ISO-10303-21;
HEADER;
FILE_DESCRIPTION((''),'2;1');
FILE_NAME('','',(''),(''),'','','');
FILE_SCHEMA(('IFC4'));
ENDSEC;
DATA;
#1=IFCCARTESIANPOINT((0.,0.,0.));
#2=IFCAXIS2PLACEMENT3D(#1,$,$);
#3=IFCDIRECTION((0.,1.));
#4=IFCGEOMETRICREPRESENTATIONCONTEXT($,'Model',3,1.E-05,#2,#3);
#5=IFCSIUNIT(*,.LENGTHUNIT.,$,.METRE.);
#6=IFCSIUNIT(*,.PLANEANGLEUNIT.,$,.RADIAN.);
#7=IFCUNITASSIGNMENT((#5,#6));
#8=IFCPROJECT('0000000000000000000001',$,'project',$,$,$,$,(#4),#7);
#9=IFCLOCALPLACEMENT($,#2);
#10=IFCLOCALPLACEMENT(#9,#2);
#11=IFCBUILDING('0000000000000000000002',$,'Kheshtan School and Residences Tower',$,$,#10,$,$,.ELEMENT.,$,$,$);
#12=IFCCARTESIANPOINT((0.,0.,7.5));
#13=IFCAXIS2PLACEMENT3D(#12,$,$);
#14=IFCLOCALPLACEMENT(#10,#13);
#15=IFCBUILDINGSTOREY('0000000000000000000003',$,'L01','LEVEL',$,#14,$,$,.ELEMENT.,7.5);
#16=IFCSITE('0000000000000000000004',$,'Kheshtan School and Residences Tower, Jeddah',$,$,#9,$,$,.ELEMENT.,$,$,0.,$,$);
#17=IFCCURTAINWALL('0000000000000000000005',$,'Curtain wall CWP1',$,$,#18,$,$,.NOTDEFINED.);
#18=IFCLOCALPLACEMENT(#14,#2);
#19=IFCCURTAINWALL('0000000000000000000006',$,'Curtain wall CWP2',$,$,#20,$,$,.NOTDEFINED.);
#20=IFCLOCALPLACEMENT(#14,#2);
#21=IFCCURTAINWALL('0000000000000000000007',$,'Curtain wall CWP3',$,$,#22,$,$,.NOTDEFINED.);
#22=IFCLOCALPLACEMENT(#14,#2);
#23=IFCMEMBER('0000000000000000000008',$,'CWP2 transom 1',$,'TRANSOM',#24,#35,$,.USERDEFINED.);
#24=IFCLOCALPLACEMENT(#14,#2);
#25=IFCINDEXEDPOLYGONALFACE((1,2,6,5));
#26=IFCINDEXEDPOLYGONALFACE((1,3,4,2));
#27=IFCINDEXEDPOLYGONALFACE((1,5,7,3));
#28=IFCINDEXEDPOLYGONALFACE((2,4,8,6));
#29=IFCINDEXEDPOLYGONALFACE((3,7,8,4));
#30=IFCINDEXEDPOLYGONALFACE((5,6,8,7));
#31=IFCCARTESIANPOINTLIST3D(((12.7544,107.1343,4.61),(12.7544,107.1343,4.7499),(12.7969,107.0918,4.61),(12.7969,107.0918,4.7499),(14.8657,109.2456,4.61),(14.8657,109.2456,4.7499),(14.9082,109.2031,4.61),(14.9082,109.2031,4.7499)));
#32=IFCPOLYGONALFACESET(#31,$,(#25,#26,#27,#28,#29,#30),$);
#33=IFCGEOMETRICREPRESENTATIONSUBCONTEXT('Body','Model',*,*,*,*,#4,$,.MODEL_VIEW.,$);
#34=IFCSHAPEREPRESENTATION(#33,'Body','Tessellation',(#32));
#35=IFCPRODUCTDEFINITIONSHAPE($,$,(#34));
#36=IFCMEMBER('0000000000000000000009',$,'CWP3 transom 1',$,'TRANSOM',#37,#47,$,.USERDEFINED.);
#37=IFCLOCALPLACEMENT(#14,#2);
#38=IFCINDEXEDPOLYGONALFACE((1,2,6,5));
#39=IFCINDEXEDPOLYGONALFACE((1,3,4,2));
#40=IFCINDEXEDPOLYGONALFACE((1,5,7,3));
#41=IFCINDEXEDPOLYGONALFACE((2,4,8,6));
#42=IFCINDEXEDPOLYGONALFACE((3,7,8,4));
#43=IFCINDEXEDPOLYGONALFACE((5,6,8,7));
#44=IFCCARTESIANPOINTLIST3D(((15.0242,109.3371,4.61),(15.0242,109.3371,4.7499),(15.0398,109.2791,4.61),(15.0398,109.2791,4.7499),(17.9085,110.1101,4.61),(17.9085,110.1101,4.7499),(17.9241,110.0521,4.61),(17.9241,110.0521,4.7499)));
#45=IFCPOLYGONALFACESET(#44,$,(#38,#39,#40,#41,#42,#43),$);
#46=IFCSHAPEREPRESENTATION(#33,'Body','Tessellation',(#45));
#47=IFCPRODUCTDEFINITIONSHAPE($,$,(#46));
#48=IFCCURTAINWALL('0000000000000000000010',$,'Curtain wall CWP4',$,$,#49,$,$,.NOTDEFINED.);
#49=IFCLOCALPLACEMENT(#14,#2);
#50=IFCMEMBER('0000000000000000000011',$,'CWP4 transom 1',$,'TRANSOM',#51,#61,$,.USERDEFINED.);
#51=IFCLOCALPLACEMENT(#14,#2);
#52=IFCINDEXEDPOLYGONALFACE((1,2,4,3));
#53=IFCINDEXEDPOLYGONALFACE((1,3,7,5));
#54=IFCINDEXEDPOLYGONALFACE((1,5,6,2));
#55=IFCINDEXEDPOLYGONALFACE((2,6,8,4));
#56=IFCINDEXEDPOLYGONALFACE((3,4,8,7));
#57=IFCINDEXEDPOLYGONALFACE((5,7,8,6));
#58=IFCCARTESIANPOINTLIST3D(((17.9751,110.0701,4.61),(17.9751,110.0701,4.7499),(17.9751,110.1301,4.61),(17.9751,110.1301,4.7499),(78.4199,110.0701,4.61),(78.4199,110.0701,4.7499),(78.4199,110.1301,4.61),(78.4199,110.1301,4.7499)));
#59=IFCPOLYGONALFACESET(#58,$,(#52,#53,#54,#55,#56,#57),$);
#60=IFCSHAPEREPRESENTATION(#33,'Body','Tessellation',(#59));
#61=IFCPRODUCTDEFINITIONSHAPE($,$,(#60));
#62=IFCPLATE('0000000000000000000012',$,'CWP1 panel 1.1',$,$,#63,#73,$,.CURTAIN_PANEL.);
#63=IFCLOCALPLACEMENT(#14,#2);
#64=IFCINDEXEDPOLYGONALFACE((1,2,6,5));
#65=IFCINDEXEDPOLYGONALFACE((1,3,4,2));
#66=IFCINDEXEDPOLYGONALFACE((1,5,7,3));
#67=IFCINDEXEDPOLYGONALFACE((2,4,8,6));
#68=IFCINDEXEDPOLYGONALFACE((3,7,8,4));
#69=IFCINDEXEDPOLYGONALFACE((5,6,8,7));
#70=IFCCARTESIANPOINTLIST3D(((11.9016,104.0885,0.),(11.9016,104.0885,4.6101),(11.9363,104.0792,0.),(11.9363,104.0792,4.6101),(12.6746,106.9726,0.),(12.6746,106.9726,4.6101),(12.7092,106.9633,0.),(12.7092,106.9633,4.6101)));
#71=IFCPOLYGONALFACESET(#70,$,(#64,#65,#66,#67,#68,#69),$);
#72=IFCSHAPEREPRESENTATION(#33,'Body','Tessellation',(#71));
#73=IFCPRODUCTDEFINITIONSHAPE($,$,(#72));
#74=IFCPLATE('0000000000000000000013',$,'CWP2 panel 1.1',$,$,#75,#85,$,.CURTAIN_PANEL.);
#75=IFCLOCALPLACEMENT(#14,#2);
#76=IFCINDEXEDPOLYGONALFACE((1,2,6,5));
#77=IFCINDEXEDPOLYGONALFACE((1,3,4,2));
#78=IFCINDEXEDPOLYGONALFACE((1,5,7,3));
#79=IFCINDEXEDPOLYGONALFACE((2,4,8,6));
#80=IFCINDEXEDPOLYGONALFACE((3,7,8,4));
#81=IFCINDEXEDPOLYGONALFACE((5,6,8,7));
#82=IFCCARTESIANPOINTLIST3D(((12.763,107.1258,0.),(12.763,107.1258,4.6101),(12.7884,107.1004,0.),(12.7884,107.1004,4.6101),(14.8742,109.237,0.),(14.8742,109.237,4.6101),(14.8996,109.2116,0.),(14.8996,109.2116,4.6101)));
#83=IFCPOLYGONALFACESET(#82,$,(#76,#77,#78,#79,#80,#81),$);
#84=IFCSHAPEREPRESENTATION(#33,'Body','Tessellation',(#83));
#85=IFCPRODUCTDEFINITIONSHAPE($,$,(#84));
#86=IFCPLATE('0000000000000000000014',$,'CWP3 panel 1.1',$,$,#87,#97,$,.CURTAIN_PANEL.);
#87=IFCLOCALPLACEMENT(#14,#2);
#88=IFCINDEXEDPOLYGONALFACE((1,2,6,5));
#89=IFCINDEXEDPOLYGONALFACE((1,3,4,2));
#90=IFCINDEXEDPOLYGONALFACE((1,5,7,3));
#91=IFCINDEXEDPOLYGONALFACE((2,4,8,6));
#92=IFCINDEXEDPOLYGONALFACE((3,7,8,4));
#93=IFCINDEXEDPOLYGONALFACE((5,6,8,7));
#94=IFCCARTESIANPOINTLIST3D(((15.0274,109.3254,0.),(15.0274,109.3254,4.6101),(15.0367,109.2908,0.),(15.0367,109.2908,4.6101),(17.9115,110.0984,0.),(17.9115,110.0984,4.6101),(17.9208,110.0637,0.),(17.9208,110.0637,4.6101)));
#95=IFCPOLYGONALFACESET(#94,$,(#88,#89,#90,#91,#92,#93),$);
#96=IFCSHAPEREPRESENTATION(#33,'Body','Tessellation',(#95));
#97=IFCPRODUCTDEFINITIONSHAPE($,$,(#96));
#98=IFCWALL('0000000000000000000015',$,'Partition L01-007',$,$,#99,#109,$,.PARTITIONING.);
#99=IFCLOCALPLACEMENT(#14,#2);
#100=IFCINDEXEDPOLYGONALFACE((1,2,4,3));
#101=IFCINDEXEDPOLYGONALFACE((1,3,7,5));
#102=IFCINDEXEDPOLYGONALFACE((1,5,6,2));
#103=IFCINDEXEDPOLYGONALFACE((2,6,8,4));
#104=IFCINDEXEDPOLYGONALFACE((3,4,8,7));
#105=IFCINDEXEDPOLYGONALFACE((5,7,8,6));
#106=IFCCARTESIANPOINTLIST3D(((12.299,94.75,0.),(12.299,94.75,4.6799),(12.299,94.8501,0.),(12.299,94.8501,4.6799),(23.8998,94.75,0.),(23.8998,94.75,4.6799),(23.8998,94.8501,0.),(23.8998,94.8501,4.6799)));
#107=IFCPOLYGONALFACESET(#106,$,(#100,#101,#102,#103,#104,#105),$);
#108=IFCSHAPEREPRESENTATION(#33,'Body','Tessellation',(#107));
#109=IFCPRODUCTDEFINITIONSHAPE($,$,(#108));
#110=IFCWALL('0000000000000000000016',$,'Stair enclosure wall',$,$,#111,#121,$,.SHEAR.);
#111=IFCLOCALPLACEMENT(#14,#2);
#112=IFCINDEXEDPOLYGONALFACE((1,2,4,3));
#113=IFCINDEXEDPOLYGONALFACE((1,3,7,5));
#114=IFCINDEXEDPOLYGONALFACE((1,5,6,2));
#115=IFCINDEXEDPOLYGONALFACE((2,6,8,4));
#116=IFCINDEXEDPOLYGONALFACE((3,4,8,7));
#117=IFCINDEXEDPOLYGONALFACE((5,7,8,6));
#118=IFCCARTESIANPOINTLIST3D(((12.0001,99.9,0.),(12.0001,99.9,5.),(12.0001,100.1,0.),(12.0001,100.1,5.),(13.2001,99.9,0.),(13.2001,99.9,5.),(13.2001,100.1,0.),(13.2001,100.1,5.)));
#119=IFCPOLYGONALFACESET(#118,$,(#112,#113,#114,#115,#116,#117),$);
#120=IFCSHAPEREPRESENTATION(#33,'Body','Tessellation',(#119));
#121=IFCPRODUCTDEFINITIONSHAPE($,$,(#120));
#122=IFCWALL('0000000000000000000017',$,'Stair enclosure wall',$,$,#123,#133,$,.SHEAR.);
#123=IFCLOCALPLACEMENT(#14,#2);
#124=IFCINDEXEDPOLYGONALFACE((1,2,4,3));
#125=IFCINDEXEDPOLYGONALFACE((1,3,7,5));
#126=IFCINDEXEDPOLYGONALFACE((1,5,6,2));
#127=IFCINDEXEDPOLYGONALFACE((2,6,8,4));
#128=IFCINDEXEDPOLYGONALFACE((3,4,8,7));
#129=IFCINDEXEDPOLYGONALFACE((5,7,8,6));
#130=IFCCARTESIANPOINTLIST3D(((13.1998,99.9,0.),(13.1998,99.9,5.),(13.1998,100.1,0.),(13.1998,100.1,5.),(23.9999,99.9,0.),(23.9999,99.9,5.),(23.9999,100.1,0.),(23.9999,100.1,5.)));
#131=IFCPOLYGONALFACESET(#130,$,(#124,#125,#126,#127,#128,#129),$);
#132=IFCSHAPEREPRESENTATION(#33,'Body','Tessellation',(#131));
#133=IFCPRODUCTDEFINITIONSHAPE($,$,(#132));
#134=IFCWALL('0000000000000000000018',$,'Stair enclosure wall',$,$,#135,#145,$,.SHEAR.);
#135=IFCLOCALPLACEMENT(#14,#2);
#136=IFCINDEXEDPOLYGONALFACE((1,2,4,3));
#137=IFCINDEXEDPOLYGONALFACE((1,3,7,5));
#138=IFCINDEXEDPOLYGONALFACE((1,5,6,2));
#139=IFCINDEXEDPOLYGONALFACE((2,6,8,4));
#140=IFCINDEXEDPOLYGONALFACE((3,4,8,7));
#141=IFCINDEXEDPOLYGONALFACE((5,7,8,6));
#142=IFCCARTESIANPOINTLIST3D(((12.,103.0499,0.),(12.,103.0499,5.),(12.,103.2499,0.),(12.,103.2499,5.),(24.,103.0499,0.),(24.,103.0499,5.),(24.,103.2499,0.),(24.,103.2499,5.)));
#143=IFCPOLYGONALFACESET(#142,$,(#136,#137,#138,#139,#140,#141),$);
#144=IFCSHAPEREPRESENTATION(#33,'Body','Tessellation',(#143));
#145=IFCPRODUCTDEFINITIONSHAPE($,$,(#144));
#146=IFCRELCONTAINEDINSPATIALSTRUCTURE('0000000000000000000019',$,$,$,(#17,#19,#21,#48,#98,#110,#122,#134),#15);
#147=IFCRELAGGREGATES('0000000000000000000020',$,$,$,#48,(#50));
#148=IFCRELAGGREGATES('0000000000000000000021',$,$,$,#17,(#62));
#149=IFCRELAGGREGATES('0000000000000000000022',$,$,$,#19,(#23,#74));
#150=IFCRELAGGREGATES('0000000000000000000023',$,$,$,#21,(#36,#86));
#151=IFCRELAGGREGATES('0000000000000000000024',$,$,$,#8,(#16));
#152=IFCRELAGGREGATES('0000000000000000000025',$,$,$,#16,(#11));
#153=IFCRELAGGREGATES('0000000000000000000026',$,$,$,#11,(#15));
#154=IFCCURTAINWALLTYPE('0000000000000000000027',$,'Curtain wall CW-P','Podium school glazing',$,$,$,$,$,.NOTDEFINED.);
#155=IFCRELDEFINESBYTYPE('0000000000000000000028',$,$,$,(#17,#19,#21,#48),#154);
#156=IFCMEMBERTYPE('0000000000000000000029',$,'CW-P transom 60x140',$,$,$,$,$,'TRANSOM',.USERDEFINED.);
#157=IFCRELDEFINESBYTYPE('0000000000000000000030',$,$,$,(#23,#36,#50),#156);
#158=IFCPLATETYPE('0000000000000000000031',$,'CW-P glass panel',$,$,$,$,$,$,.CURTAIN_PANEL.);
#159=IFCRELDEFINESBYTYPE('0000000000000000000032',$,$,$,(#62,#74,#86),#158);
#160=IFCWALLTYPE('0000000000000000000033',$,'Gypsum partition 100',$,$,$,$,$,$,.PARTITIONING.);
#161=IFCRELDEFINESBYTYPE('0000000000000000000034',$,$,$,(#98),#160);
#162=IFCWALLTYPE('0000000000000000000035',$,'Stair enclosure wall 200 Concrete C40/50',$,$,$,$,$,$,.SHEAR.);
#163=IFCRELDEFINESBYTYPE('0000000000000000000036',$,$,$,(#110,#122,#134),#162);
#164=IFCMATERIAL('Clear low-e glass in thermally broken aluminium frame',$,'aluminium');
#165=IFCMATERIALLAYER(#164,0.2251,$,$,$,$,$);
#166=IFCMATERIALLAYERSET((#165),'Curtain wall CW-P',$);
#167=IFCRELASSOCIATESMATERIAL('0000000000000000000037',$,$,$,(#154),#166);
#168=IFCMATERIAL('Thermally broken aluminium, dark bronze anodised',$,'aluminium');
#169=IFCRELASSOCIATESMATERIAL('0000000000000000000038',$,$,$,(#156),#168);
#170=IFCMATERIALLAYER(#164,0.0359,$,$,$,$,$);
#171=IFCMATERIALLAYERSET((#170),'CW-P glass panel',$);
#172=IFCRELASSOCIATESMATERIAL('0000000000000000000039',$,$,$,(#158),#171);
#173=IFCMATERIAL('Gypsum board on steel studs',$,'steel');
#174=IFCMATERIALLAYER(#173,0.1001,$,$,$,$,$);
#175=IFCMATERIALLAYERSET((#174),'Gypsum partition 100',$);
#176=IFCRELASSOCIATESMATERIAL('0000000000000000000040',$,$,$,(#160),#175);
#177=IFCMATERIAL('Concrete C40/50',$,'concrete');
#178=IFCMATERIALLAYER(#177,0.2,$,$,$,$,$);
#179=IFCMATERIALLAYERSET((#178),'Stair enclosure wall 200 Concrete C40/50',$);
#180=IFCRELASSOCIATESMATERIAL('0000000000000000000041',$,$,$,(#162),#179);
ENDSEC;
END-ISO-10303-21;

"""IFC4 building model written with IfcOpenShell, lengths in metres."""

from ifc_helpers import new_model, si_unit, direction, frame, frame_2d, origin, origin_2d, place, context, subcontext, project, spatial, rectangle, extrude, material, layer, layer_set, material_profile, profile_set, type_object, element, aggregate, save


model = new_model("IFC4")

# Units and contexts
model_context = context("Model", 3, precision=1e-05, world=origin(), true_north=direction((0.0, 1.0)))
body_context = subcontext(model_context, "Body", "Model", "MODEL_VIEW")
ifc_project = project(units=[si_unit("LENGTHUNIT", "METRE"), si_unit("PLANEANGLEUNIT", "RADIAN")], contexts=[model_context])

# Site, building, storey
site_placement = place(None, origin())
site = spatial("IfcSite", under=ifc_project, at=site_placement, Name="Kheshtan School and Residences Tower, Jeddah", CompositionType="ELEMENT", RefElevation=0.0)
building_placement = place(site_placement, origin())
building = spatial("IfcBuilding", under=site, at=building_placement, Name="Kheshtan School and Residences Tower", CompositionType="ELEMENT")
storey_placement = place(building_placement, frame((0.0, 0.0, 7.5)))
storey = spatial("IfcBuildingStorey", under=building, at=storey_placement, Name="L01", Description="LEVEL", CompositionType="ELEMENT", Elevation=7.5)

# Curtain walls
ifc_material_1 = material(Name="Clear low-e glass in thermally broken aluminium frame", Category="aluminium")
ifc_layer_1 = layer(ifc_material_1, 0.2251)
ifc_layer_set_1 = layer_set([ifc_layer_1], Name="Curtain wall CW-P")
curtain_wall_type = type_object("IfcCurtainWallType", Name="Curtain wall CW-P", Description="Podium school glazing", PredefinedType="NOTDEFINED", material=ifc_layer_set_1)
curtain_wall_1_placement = place(storey_placement, origin())
curtain_wall_1 = element("IfcCurtainWall", 1, at=curtain_wall_1_placement, inside=storey, type_object=curtain_wall_type, Name="Curtain wall CWP1", PredefinedType="NOTDEFINED")
ifc_material_2 = material(Name="Thermally broken aluminium, dark bronze anodised", Category="aluminium")
curtain_wall_2_placement = place(storey_placement, origin())
curtain_wall_2 = element("IfcCurtainWall", 2, at=curtain_wall_2_placement, inside=storey, type_object=curtain_wall_type, Name="Curtain wall CWP2", PredefinedType="NOTDEFINED")
curtain_wall_3_placement = place(storey_placement, origin())
curtain_wall_3 = element("IfcCurtainWall", 3, at=curtain_wall_3_placement, inside=storey, type_object=curtain_wall_type, Name="Curtain wall CWP3", PredefinedType="NOTDEFINED")

# Members
ifc_material_profile_1 = material_profile(ifc_material_2, rectangle(XDim=0.0601, YDim=0.1399, at=origin_2d()), Name="CW-P transom 60x140")
ifc_profile_set_1 = profile_set([ifc_material_profile_1], Name="Thermally broken aluminium, dark bronze anodised")
member_type_1 = type_object("IfcMemberType", Name="CW-P transom 60x140", ElementType="TRANSOM", PredefinedType="USERDEFINED", material=ifc_profile_set_1)
member_1_placement = place(storey_placement, frame((12.7756, 107.113, 4.6799), z_axis=(0.707107, 0.707107, 0.0), x_axis=(-0.707107, 0.707107, 0.0)))
member_1 = element("IfcMember", 4, at=member_1_placement, type_object=member_type_1, Name="CWP2 transom 1", ObjectType="TRANSOM", PredefinedType="USERDEFINED", context=body_context, shape_type="SweptSolid", body=[
    extrude(rectangle(XDim=0.0601, YDim=0.1399, at=origin_2d()), origin(), (0.0, 0.0, 1.0), 2.9858),
])
member_2_placement = place(storey_placement, frame((15.032, 109.3081, 4.6799), z_axis=(0.965917, 0.258853, 0.0), x_axis=(-0.258853, 0.965917, 0.0)))
member_2 = element("IfcMember", 5, at=member_2_placement, type_object=member_type_1, Name="CWP3 transom 1", ObjectType="TRANSOM", PredefinedType="USERDEFINED", context=body_context, shape_type="SweptSolid", body=[
    extrude(rectangle(XDim=0.0601, YDim=0.1399, at=origin_2d()), origin(), (0.0, 0.0, 1.0), 2.9861),
])

# Curtain wall, member
curtain_wall_4_placement = place(storey_placement, origin())
curtain_wall_4 = element("IfcCurtainWall", 6, at=curtain_wall_4_placement, inside=storey, type_object=curtain_wall_type, Name="Curtain wall CWP4", PredefinedType="NOTDEFINED")
member_3_placement = place(storey_placement, frame((17.9751, 110.1001, 4.6799), z_axis=(1.0, 0.0, 0.0), x_axis=(0.0, 1.0, 0.0)))
member_3 = element("IfcMember", 7, at=member_3_placement, type_object=member_type_1, Name="CWP4 transom 1", ObjectType="TRANSOM", PredefinedType="USERDEFINED", context=body_context, shape_type="SweptSolid", body=[
    extrude(rectangle(XDim=0.0601, YDim=0.1399, at=origin_2d()), origin(), (0.0, 0.0, 1.0), 60.4448),
])
aggregate(curtain_wall_4, [member_3])

# Plates
ifc_layer_2 = layer(ifc_material_1, 0.0359)
ifc_layer_set_2 = layer_set([ifc_layer_2], Name="CW-P glass panel")
plate_type = type_object("IfcPlateType", Name="CW-P glass panel", PredefinedType="CURTAIN_PANEL", material=ifc_layer_set_2)
plate_1_placement = place(storey_placement, frame((12.3054, 105.5259, 0.0), z_axis=(0.0, 0.0, 1.0), x_axis=(0.258865, 0.965914, 0.0)))
plate_1 = element("IfcPlate", 8, at=plate_1_placement, type_object=plate_type, Name="CWP1 panel 1.1", PredefinedType="CURTAIN_PANEL", context=body_context, shape_type="SweptSolid", body=[
    extrude(rectangle(XDim=2.9858, YDim=0.0359, at=origin_2d()), origin(), (0.0, 0.0, 1.0), 4.6101),
])
aggregate(curtain_wall_1, [plate_1])
plate_2_placement = place(storey_placement, frame((13.8313, 108.1687, 0.0), z_axis=(0.0, 0.0, 1.0), x_axis=(0.707107, 0.707107, 0.0)))
plate_2 = element("IfcPlate", 9, at=plate_2_placement, type_object=plate_type, Name="CWP2 panel 1.1", PredefinedType="CURTAIN_PANEL", context=body_context, shape_type="SweptSolid", body=[
    extrude(rectangle(XDim=2.9856, YDim=0.0359, at=origin_2d()), origin(), (0.0, 0.0, 1.0), 4.6101),
])
aggregate(curtain_wall_2, [member_1, plate_2])
plate_3_placement = place(storey_placement, frame((16.4741, 109.6946, 0.0), z_axis=(0.0, 0.0, 1.0), x_axis=(0.965914, 0.258865, 0.0)))
plate_3 = element("IfcPlate", 10, at=plate_3_placement, type_object=plate_type, Name="CWP3 panel 1.1", PredefinedType="CURTAIN_PANEL", context=body_context, shape_type="SweptSolid", body=[
    extrude(rectangle(XDim=2.9858, YDim=0.0359, at=origin_2d()), origin(), (0.0, 0.0, 1.0), 4.6101),
])
aggregate(curtain_wall_3, [member_2, plate_3])

# Walls
ifc_material_3 = material(Name="Gypsum board on steel studs", Category="steel")
ifc_layer_3 = layer(ifc_material_3, 0.1001)
ifc_layer_set_3 = layer_set([ifc_layer_3], Name="Gypsum partition 100")
wall_type_1 = type_object("IfcWallType", Name="Gypsum partition 100", PredefinedType="PARTITIONING", material=ifc_layer_set_3)
wall_1_placement = place(storey_placement, frame((12.2991, 94.8, 0.0), z_axis=(0.0, 0.0, 1.0), x_axis=(1.0, 0.0, 0.0)))
element("IfcWall", 11, at=wall_1_placement, inside=storey, type_object=wall_type_1, Name="Partition L01-007", PredefinedType="PARTITIONING", context=body_context, shape_type="SweptSolid", body=[
    extrude(rectangle(XDim=11.6008, YDim=0.1001, at=frame_2d((5.8003, 0.0))), origin(), (0.0, 0.0, 1.0), 4.6799),
])
ifc_material_4 = material(Name="Concrete C40/50", Category="concrete")
ifc_layer_4 = layer(ifc_material_4, 0.2)
ifc_layer_set_4 = layer_set([ifc_layer_4], Name="Stair enclosure wall 200 Concrete C40/50")
wall_type_2 = type_object("IfcWallType", Name="Stair enclosure wall 200 Concrete C40/50", PredefinedType="SHEAR", material=ifc_layer_set_4)
wall_2_placement = place(storey_placement, frame((12.0, 100.0, 0.0), z_axis=(0.0, 0.0, 1.0), x_axis=(1.0, 0.0, 0.0)))
element("IfcWall", 12, at=wall_2_placement, inside=storey, type_object=wall_type_2, Name="Stair enclosure wall", PredefinedType="SHEAR", context=body_context, shape_type="SweptSolid", body=[
    extrude(rectangle(XDim=1.2, YDim=0.2, at=frame_2d((0.6001, 0.0))), origin(), (0.0, 0.0, 1.0), 5.0),
])
wall_3_placement = place(storey_placement, frame((13.2, 100.0, 0.0), z_axis=(0.0, 0.0, 1.0), x_axis=(1.0, 0.0, 0.0)))
element("IfcWall", 13, at=wall_3_placement, inside=storey, type_object=wall_type_2, Name="Stair enclosure wall", PredefinedType="SHEAR", context=body_context, shape_type="SweptSolid", body=[
    extrude(rectangle(XDim=10.8, YDim=0.2, at=frame_2d((5.3999, 0.0))), origin(), (0.0, 0.0, 1.0), 5.0),
])
wall_4_placement = place(storey_placement, frame((12.0, 103.1499, 0.0), z_axis=(0.0, 0.0, 1.0), x_axis=(1.0, 0.0, 0.0)))
element("IfcWall", 14, at=wall_4_placement, inside=storey, type_object=wall_type_2, Name="Stair enclosure wall", PredefinedType="SHEAR", context=body_context, shape_type="SweptSolid", body=[
    extrude(rectangle(XDim=12.0, YDim=0.2, at=frame_2d((6.0, 0.0))), origin(), (0.0, 0.0, 1.0), 5.0),
])

save(model, "model.ifc")
